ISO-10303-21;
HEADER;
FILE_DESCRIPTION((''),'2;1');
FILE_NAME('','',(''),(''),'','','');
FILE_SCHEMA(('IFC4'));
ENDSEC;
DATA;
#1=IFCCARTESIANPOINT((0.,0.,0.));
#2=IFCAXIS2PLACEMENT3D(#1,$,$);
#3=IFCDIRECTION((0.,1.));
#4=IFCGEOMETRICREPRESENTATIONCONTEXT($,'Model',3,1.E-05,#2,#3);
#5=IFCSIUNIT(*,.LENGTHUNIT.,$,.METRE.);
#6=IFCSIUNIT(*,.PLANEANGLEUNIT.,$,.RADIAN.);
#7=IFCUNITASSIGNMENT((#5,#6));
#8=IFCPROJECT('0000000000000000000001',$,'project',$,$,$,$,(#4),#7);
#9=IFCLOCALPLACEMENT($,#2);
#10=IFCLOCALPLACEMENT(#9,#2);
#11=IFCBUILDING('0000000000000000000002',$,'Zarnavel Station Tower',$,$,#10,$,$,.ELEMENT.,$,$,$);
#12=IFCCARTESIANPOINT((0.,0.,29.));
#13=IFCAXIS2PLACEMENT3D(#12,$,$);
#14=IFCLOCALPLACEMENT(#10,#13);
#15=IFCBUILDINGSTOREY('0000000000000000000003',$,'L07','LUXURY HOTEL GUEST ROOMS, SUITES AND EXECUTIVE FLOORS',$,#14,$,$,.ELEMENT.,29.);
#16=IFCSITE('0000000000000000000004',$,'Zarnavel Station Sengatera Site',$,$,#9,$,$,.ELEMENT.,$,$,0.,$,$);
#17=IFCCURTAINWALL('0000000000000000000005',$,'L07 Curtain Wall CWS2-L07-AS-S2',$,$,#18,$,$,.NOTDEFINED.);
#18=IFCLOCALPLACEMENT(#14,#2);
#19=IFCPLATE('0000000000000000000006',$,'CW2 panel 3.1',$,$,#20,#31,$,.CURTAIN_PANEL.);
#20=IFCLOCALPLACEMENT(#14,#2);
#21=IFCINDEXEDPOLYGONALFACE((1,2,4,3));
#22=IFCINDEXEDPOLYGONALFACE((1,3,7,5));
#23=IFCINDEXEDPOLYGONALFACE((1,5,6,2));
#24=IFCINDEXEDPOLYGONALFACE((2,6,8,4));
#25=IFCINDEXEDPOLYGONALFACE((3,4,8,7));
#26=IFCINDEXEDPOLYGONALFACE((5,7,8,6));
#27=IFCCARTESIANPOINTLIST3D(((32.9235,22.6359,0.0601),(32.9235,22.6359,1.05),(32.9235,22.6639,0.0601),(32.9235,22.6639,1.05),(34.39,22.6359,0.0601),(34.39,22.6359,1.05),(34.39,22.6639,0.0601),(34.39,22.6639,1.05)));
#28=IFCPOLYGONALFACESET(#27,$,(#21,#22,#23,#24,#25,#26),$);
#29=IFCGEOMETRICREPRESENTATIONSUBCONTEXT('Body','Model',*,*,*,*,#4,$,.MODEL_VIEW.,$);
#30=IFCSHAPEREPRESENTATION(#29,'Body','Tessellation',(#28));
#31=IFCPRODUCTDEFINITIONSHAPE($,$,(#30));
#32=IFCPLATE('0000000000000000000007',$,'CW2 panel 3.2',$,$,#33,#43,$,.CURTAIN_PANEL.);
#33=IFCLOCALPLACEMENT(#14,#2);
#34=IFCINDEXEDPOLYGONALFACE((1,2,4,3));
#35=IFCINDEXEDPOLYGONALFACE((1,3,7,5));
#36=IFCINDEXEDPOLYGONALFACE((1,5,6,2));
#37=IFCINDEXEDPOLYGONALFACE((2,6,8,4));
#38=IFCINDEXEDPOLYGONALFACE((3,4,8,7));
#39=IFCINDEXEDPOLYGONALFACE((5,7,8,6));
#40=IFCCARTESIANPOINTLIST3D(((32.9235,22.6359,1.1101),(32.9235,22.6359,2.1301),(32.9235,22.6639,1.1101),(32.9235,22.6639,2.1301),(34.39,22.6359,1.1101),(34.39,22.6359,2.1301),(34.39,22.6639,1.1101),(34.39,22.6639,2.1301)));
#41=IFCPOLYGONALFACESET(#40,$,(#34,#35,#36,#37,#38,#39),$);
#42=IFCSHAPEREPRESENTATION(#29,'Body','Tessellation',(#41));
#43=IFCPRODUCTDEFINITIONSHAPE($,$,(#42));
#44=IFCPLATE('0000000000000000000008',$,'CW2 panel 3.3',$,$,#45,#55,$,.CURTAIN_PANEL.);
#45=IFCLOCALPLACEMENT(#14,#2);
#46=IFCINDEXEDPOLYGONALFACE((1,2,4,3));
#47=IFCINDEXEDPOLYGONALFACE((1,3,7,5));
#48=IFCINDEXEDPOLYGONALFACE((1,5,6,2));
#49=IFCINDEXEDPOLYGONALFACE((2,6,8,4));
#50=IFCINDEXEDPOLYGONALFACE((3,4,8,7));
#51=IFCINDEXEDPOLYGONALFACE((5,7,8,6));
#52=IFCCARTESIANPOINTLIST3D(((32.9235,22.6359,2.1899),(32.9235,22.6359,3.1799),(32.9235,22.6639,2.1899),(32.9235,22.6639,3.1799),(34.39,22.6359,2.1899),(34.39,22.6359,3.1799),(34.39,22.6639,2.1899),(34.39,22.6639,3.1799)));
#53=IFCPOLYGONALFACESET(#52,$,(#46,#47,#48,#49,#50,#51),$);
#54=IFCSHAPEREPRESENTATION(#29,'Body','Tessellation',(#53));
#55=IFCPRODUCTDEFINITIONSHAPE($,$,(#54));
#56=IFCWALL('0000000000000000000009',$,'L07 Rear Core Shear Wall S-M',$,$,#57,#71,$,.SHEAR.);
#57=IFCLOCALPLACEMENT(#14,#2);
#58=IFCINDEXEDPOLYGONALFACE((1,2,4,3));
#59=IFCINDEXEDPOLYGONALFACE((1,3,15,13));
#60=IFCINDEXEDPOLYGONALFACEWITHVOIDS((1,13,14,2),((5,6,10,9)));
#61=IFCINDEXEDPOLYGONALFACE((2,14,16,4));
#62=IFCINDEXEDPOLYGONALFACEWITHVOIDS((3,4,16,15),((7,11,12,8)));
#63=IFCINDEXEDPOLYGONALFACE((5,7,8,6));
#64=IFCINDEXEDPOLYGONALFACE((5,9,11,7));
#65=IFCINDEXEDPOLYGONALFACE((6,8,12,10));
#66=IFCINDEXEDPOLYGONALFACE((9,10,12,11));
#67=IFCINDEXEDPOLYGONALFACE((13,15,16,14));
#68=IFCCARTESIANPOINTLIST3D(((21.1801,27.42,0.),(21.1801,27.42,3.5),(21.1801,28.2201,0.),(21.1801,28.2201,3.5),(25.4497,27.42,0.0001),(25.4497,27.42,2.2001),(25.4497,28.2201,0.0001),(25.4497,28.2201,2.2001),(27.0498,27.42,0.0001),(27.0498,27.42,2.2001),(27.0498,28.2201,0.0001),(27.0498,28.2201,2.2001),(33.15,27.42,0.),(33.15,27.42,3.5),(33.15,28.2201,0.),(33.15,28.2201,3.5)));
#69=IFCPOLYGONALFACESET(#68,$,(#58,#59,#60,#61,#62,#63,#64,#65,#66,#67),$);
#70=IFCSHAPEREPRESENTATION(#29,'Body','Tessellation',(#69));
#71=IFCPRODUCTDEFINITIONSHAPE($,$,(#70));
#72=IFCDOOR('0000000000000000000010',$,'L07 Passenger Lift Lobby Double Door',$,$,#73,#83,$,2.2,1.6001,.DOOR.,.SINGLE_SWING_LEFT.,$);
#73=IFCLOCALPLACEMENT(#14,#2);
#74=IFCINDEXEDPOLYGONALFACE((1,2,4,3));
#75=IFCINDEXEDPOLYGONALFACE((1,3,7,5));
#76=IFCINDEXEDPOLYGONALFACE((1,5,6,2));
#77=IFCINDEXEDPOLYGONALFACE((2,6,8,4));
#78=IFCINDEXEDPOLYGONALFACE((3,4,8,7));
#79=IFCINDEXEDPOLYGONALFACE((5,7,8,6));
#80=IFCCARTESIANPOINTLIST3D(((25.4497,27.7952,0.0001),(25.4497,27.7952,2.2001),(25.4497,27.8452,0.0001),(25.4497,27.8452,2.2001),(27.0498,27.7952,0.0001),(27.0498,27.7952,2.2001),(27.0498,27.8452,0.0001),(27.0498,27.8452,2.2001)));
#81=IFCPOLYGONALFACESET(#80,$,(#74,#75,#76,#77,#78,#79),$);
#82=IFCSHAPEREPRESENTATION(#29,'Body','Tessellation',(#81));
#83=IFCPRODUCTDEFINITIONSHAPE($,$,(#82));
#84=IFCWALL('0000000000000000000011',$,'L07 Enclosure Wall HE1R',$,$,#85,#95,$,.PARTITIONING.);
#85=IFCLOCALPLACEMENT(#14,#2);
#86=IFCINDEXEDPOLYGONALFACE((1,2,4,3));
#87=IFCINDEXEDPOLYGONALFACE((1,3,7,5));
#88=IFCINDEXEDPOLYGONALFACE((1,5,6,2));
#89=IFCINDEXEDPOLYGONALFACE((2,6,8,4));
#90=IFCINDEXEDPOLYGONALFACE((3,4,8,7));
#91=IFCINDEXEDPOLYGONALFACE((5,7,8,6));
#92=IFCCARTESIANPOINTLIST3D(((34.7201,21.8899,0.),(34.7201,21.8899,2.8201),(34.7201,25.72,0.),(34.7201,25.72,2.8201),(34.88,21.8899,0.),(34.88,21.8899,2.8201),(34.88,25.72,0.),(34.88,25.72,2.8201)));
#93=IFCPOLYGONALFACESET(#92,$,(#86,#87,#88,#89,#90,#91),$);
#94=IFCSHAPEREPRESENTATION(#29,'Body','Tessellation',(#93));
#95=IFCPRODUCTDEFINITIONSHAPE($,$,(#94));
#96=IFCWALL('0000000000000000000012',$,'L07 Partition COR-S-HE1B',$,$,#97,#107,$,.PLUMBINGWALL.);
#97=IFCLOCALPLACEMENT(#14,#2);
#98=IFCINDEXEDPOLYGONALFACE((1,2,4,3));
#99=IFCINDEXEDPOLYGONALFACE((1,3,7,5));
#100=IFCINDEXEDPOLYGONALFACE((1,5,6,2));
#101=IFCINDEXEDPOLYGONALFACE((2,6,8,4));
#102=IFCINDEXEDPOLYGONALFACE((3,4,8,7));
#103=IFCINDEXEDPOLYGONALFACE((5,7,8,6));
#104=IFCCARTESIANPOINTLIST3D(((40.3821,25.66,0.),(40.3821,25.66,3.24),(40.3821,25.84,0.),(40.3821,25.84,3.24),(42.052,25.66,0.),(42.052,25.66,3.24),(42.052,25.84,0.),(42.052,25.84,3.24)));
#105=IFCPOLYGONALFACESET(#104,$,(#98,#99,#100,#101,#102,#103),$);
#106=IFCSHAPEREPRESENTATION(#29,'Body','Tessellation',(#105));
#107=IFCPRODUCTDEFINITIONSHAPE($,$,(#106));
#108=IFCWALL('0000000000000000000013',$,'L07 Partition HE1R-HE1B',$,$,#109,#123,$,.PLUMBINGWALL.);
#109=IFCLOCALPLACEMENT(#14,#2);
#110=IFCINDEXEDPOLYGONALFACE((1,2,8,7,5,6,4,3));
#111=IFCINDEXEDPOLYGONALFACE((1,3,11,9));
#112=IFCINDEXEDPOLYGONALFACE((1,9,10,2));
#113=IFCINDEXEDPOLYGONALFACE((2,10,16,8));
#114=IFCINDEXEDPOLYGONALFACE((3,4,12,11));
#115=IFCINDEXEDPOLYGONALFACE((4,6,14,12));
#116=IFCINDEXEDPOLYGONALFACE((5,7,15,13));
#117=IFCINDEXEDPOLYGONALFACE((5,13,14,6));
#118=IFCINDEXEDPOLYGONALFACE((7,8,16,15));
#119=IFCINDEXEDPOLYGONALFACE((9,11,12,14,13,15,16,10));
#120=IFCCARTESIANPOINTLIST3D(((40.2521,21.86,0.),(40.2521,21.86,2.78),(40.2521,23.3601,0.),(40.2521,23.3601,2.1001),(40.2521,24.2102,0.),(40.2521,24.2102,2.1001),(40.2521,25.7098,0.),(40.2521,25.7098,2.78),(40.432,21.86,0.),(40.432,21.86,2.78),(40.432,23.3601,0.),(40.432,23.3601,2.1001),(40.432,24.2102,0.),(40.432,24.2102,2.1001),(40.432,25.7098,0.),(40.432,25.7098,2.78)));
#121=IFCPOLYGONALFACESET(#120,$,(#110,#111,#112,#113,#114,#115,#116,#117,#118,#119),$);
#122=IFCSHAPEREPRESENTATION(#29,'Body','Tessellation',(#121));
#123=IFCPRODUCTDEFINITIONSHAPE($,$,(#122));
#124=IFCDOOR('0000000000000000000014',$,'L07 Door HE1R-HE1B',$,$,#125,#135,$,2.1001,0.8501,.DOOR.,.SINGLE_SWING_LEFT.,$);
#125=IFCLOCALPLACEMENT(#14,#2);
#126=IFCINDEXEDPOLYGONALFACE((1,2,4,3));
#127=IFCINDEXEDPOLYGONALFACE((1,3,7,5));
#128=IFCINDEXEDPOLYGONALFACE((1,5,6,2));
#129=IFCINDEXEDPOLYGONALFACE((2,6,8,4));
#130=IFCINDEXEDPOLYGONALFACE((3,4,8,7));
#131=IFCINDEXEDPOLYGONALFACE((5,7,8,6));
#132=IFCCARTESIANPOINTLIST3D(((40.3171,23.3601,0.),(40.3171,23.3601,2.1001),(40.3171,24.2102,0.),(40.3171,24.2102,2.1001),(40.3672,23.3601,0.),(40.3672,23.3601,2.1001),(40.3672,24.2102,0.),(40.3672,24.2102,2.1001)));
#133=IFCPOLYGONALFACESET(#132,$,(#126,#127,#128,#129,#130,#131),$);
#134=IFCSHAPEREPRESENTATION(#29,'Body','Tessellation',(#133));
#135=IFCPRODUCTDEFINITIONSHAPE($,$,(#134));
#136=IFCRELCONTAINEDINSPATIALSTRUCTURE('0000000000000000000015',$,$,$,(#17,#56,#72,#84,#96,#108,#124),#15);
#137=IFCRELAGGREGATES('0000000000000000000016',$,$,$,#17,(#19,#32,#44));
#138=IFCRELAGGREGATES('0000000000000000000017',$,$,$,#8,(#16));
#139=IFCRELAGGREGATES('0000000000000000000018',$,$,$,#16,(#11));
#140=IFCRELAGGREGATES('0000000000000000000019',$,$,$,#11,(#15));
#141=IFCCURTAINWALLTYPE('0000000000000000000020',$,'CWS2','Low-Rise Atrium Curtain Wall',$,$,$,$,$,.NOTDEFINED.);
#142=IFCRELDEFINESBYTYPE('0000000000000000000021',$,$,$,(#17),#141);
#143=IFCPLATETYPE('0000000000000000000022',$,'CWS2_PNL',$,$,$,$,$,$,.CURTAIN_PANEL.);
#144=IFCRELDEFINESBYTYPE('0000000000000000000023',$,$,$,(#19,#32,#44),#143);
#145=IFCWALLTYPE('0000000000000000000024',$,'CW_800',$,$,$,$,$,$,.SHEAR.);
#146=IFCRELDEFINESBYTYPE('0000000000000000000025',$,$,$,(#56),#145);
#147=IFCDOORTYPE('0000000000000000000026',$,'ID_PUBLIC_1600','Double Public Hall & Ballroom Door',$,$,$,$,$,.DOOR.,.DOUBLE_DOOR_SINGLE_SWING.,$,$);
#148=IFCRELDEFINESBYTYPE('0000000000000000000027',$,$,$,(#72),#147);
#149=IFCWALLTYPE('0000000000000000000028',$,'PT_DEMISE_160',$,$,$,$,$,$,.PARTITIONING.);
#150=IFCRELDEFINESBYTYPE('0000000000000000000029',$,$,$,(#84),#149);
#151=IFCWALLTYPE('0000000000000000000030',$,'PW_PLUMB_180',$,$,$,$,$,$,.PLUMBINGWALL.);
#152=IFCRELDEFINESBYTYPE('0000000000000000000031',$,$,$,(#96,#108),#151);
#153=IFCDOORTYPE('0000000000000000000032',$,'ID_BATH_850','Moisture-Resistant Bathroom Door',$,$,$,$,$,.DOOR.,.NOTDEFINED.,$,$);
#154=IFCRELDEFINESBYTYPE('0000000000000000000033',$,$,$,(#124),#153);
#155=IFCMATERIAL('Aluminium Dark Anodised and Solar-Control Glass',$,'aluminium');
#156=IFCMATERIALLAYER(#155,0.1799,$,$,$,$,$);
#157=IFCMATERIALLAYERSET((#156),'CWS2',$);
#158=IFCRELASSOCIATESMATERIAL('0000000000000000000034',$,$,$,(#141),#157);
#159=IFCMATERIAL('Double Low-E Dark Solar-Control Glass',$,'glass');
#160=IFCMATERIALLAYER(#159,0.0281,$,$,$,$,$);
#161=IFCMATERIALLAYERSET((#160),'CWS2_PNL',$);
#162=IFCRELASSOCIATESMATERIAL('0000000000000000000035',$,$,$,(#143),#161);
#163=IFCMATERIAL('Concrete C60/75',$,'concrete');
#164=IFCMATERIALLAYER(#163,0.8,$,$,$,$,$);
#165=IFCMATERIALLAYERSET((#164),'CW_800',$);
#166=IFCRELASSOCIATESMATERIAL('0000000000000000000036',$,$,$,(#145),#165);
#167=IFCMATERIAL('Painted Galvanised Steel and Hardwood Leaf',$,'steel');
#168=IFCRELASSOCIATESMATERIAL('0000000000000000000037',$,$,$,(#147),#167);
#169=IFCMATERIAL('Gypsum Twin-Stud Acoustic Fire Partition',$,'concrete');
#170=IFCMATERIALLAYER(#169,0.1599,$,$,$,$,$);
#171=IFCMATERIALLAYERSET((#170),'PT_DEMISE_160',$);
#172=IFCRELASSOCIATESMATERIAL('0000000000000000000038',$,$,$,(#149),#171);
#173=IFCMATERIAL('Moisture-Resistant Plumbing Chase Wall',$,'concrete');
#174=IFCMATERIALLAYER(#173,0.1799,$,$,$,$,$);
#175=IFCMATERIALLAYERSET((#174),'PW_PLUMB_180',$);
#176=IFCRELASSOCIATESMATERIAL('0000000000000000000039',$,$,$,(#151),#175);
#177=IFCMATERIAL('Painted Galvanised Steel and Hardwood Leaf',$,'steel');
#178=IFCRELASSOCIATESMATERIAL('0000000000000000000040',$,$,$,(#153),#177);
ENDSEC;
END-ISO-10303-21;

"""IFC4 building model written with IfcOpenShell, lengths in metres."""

from ifc_helpers import new_model, si_unit, direction, frame, frame_2d, origin, origin_2d, place, context, subcontext, project, spatial, rectangle, extrude, material, layer, layer_set, type_object, element, fill, aggregate, save


model = new_model("IFC4")

# Units and contexts
model_context = context("Model", 3, precision=1e-05, world=origin(), true_north=direction((0.0, 1.0)))
body_context = subcontext(model_context, "Body", "Model", "MODEL_VIEW")
ifc_project = project(units=[si_unit("LENGTHUNIT", "METRE"), si_unit("PLANEANGLEUNIT", "RADIAN")], contexts=[model_context])

# Site, building, storey
site_placement = place(None, origin())
site = spatial("IfcSite", under=ifc_project, at=site_placement, Name="Zarnavel Station Sengatera Site", CompositionType="ELEMENT", RefElevation=0.0)
building_placement = place(site_placement, origin())
building = spatial("IfcBuilding", under=site, at=building_placement, Name="Zarnavel Station Tower", CompositionType="ELEMENT")
storey_placement = place(building_placement, frame((0.0, 0.0, 29.0)))
storey = spatial("IfcBuildingStorey", under=building, at=storey_placement, Name="L07", Description="LUXURY HOTEL GUEST ROOMS, SUITES AND EXECUTIVE FLOORS", CompositionType="ELEMENT", Elevation=29.0)

# Curtain wall
ifc_material_1 = material(Name="Aluminium Dark Anodised and Solar-Control Glass", Category="aluminium")
ifc_layer_1 = layer(ifc_material_1, 0.1799)
ifc_layer_set_1 = layer_set([ifc_layer_1], Name="CWS2")
curtain_wall_type = type_object("IfcCurtainWallType", Name="CWS2", Description="Low-Rise Atrium Curtain Wall", PredefinedType="NOTDEFINED", material=ifc_layer_set_1)
curtain_wall_placement = place(storey_placement, origin())
curtain_wall = element("IfcCurtainWall", 1, at=curtain_wall_placement, inside=storey, type_object=curtain_wall_type, Name="L07 Curtain Wall CWS2-L07-AS-S2", PredefinedType="NOTDEFINED")

# Plates
ifc_material_2 = material(Name="Double Low-E Dark Solar-Control Glass", Category="glass")
ifc_layer_2 = layer(ifc_material_2, 0.0281)
ifc_layer_set_2 = layer_set([ifc_layer_2], Name="CWS2_PNL")
plate_type = type_object("IfcPlateType", Name="CWS2_PNL", PredefinedType="CURTAIN_PANEL", material=ifc_layer_set_2)
plate_1_placement = place(storey_placement, frame((33.6567, 22.6499, 0.0601), z_axis=(0.0, 0.0, 1.0), x_axis=(1.0, 0.0, 0.0)))
plate_1 = element("IfcPlate", 2, at=plate_1_placement, type_object=plate_type, Name="CW2 panel 3.1", PredefinedType="CURTAIN_PANEL", context=body_context, shape_type="SweptSolid", body=[
    extrude(rectangle(XDim=1.4666, YDim=0.0281, at=origin_2d()), origin(), (0.0, 0.0, 1.0), 0.99),
])
plate_2_placement = place(storey_placement, frame((33.6567, 22.6499, 1.1101), z_axis=(0.0, 0.0, 1.0), x_axis=(1.0, 0.0, 0.0)))
plate_2 = element("IfcPlate", 3, at=plate_2_placement, type_object=plate_type, Name="CW2 panel 3.2", PredefinedType="CURTAIN_PANEL", context=body_context, shape_type="SweptSolid", body=[
    extrude(rectangle(XDim=1.4666, YDim=0.0281, at=origin_2d()), origin(), (0.0, 0.0, 1.0), 1.02),
])
plate_3_placement = place(storey_placement, frame((33.6567, 22.6499, 2.1899), z_axis=(0.0, 0.0, 1.0), x_axis=(1.0, 0.0, 0.0)))
plate_3 = element("IfcPlate", 4, at=plate_3_placement, type_object=plate_type, Name="CW2 panel 3.3", PredefinedType="CURTAIN_PANEL", context=body_context, shape_type="SweptSolid", body=[
    extrude(rectangle(XDim=1.4666, YDim=0.0281, at=origin_2d()), origin(), (0.0, 0.0, 1.0), 0.99),
])
aggregate(curtain_wall, [plate_1, plate_2, plate_3])

# Wall, opening, door
ifc_material_3 = material(Name="Concrete C60/75", Category="concrete")
ifc_layer_3 = layer(ifc_material_3, 0.8)
ifc_layer_set_3 = layer_set([ifc_layer_3], Name="CW_800")
wall_type_1 = type_object("IfcWallType", Name="CW_800", PredefinedType="SHEAR", material=ifc_layer_set_3)
wall_1_placement = place(storey_placement, frame((33.1499, 27.8201, 0.0), z_axis=(0.0, 0.0, 1.0), x_axis=(-1.0, 0.0, 0.0)))
wall_1 = element("IfcWall", 5, at=wall_1_placement, inside=storey, type_object=wall_type_1, Name="L07 Rear Core Shear Wall S-M", PredefinedType="SHEAR", context=body_context, shape_type="SweptSolid", body=[
    extrude(rectangle(XDim=11.97, YDim=0.8, at=frame_2d((5.9849, 0.0))), origin(), (0.0, 0.0, 1.0), 3.5),
])
opening_1_placement = place(wall_1_placement, frame((6.1001, 0.0, 0.0)))
opening_1 = element("IfcOpeningElement", 6, at=opening_1_placement, cuts=wall_1, PredefinedType="OPENING", context=body_context, shape_type="SweptSolid", body=[
    extrude(rectangle(XDim=1.6001, YDim=2.2, at=frame_2d((0.8, 1.1001))), frame((0.0, 0.4099, 0.0), z_axis=(0.0, -1.0, 0.0), x_axis=(1.0, 0.0, 0.0)), (0.0, 0.0, 1.0), 0.8201),
])
ifc_material_4 = material(Name="Painted Galvanised Steel and Hardwood Leaf", Category="steel")
door_type_1 = type_object("IfcDoorType", Name="ID_PUBLIC_1600", Description="Double Public Hall & Ballroom Door", OperationType="DOUBLE_DOOR_SINGLE_SWING", PredefinedType="DOOR", material=ifc_material_4)
door_1_placement = place(opening_1_placement, origin())
door_1 = element("IfcDoor", 7, at=door_1_placement, inside=storey, type_object=door_type_1, Name="L07 Passenger Lift Lobby Double Door", OperationType="SINGLE_SWING_LEFT", OverallHeight=2.2, OverallWidth=1.6001, PredefinedType="DOOR", context=body_context, shape_type="SweptSolid", body=[
    extrude(rectangle(XDim=1.6001, YDim=2.2, at=frame_2d((0.8, 1.1001))), frame((0.0, 0.0249, 0.0), z_axis=(0.0, -1.0, 0.0), x_axis=(1.0, 0.0, 0.0)), (0.0, 0.0, 1.0), 0.05),
])
fill(opening_1, door_1)
ifc_material_5 = material(Name="Gypsum Twin-Stud Acoustic Fire Partition", Category="concrete")
ifc_layer_4 = layer(ifc_material_5, 0.1599)
ifc_layer_set_4 = layer_set([ifc_layer_4], Name="PT_DEMISE_160")
wall_type_2 = type_object("IfcWallType", Name="PT_DEMISE_160", PredefinedType="PARTITIONING", material=ifc_layer_set_4)

# Walls
wall_2_placement = place(storey_placement, frame((34.8, 21.8899, 0.0), z_axis=(0.0, 0.0, 1.0), x_axis=(0.0, 1.0, 0.0)))
element("IfcWall", 8, at=wall_2_placement, inside=storey, type_object=wall_type_2, Name="L07 Enclosure Wall HE1R", PredefinedType="PARTITIONING", context=body_context, shape_type="SweptSolid", body=[
    extrude(rectangle(XDim=3.8301, YDim=0.1599, at=frame_2d((1.915, 0.0))), origin(), (0.0, 0.0, 1.0), 2.8201),
])
ifc_material_6 = material(Name="Moisture-Resistant Plumbing Chase Wall", Category="concrete")
ifc_layer_5 = layer(ifc_material_6, 0.1799)
ifc_layer_set_5 = layer_set([ifc_layer_5], Name="PW_PLUMB_180")
wall_type_3 = type_object("IfcWallType", Name="PW_PLUMB_180", PredefinedType="PLUMBINGWALL", material=ifc_layer_set_5)
wall_3_placement = place(storey_placement, frame((40.3821, 25.75, 0.0), z_axis=(0.0, 0.0, 1.0), x_axis=(1.0, 0.0, 0.0)))
element("IfcWall", 9, at=wall_3_placement, inside=storey, type_object=wall_type_3, Name="L07 Partition COR-S-HE1B", PredefinedType="PLUMBINGWALL", context=body_context, shape_type="SweptSolid", body=[
    extrude(rectangle(XDim=1.6699, YDim=0.1799, at=frame_2d((0.835, 0.0))), origin(), (0.0, 0.0, 1.0), 3.24),
])

# Wall, opening, door
wall_4_placement = place(storey_placement, frame((40.342, 21.8601, 0.0), z_axis=(0.0, 0.0, 1.0), x_axis=(0.0, 1.0, 0.0)))
wall_4 = element("IfcWall", 10, at=wall_4_placement, inside=storey, type_object=wall_type_3, Name="L07 Partition HE1R-HE1B", PredefinedType="PLUMBINGWALL", context=body_context, shape_type="SweptSolid", body=[
    extrude(rectangle(XDim=3.8499, YDim=0.1799, at=frame_2d((1.9248, 0.0))), origin(), (0.0, 0.0, 1.0), 2.78),
])
opening_2_placement = place(wall_4_placement, frame((1.5, 0.0, 0.0)))
opening_2 = element("IfcOpeningElement", 11, at=opening_2_placement, cuts=wall_4, PredefinedType="OPENING", context=body_context, shape_type="SweptSolid", body=[
    extrude(rectangle(XDim=0.8501, YDim=2.1001, at=frame_2d((0.425, 1.05))), frame((0.0, 0.0999, 0.0), z_axis=(0.0, -1.0, 0.0), x_axis=(1.0, 0.0, 0.0)), (0.0, 0.0, 1.0), 0.2),
])
ifc_material_7 = material(Name="Painted Galvanised Steel and Hardwood Leaf", Category="steel")
door_type_2 = type_object("IfcDoorType", Name="ID_BATH_850", Description="Moisture-Resistant Bathroom Door", OperationType="NOTDEFINED", PredefinedType="DOOR", material=ifc_material_7)
door_2_placement = place(opening_2_placement, origin())
door_2 = element("IfcDoor", 12, at=door_2_placement, inside=storey, type_object=door_type_2, Name="L07 Door HE1R-HE1B", OperationType="SINGLE_SWING_LEFT", OverallHeight=2.1001, OverallWidth=0.8501, PredefinedType="DOOR", context=body_context, shape_type="SweptSolid", body=[
    extrude(rectangle(XDim=0.8501, YDim=2.1001, at=frame_2d((0.425, 1.05))), frame((0.0, 0.0249, 0.0), z_axis=(0.0, -1.0, 0.0), x_axis=(1.0, 0.0, 0.0)), (0.0, 0.0, 1.0), 0.05),
])
fill(opening_2, door_2)

save(model, "model.ifc")
